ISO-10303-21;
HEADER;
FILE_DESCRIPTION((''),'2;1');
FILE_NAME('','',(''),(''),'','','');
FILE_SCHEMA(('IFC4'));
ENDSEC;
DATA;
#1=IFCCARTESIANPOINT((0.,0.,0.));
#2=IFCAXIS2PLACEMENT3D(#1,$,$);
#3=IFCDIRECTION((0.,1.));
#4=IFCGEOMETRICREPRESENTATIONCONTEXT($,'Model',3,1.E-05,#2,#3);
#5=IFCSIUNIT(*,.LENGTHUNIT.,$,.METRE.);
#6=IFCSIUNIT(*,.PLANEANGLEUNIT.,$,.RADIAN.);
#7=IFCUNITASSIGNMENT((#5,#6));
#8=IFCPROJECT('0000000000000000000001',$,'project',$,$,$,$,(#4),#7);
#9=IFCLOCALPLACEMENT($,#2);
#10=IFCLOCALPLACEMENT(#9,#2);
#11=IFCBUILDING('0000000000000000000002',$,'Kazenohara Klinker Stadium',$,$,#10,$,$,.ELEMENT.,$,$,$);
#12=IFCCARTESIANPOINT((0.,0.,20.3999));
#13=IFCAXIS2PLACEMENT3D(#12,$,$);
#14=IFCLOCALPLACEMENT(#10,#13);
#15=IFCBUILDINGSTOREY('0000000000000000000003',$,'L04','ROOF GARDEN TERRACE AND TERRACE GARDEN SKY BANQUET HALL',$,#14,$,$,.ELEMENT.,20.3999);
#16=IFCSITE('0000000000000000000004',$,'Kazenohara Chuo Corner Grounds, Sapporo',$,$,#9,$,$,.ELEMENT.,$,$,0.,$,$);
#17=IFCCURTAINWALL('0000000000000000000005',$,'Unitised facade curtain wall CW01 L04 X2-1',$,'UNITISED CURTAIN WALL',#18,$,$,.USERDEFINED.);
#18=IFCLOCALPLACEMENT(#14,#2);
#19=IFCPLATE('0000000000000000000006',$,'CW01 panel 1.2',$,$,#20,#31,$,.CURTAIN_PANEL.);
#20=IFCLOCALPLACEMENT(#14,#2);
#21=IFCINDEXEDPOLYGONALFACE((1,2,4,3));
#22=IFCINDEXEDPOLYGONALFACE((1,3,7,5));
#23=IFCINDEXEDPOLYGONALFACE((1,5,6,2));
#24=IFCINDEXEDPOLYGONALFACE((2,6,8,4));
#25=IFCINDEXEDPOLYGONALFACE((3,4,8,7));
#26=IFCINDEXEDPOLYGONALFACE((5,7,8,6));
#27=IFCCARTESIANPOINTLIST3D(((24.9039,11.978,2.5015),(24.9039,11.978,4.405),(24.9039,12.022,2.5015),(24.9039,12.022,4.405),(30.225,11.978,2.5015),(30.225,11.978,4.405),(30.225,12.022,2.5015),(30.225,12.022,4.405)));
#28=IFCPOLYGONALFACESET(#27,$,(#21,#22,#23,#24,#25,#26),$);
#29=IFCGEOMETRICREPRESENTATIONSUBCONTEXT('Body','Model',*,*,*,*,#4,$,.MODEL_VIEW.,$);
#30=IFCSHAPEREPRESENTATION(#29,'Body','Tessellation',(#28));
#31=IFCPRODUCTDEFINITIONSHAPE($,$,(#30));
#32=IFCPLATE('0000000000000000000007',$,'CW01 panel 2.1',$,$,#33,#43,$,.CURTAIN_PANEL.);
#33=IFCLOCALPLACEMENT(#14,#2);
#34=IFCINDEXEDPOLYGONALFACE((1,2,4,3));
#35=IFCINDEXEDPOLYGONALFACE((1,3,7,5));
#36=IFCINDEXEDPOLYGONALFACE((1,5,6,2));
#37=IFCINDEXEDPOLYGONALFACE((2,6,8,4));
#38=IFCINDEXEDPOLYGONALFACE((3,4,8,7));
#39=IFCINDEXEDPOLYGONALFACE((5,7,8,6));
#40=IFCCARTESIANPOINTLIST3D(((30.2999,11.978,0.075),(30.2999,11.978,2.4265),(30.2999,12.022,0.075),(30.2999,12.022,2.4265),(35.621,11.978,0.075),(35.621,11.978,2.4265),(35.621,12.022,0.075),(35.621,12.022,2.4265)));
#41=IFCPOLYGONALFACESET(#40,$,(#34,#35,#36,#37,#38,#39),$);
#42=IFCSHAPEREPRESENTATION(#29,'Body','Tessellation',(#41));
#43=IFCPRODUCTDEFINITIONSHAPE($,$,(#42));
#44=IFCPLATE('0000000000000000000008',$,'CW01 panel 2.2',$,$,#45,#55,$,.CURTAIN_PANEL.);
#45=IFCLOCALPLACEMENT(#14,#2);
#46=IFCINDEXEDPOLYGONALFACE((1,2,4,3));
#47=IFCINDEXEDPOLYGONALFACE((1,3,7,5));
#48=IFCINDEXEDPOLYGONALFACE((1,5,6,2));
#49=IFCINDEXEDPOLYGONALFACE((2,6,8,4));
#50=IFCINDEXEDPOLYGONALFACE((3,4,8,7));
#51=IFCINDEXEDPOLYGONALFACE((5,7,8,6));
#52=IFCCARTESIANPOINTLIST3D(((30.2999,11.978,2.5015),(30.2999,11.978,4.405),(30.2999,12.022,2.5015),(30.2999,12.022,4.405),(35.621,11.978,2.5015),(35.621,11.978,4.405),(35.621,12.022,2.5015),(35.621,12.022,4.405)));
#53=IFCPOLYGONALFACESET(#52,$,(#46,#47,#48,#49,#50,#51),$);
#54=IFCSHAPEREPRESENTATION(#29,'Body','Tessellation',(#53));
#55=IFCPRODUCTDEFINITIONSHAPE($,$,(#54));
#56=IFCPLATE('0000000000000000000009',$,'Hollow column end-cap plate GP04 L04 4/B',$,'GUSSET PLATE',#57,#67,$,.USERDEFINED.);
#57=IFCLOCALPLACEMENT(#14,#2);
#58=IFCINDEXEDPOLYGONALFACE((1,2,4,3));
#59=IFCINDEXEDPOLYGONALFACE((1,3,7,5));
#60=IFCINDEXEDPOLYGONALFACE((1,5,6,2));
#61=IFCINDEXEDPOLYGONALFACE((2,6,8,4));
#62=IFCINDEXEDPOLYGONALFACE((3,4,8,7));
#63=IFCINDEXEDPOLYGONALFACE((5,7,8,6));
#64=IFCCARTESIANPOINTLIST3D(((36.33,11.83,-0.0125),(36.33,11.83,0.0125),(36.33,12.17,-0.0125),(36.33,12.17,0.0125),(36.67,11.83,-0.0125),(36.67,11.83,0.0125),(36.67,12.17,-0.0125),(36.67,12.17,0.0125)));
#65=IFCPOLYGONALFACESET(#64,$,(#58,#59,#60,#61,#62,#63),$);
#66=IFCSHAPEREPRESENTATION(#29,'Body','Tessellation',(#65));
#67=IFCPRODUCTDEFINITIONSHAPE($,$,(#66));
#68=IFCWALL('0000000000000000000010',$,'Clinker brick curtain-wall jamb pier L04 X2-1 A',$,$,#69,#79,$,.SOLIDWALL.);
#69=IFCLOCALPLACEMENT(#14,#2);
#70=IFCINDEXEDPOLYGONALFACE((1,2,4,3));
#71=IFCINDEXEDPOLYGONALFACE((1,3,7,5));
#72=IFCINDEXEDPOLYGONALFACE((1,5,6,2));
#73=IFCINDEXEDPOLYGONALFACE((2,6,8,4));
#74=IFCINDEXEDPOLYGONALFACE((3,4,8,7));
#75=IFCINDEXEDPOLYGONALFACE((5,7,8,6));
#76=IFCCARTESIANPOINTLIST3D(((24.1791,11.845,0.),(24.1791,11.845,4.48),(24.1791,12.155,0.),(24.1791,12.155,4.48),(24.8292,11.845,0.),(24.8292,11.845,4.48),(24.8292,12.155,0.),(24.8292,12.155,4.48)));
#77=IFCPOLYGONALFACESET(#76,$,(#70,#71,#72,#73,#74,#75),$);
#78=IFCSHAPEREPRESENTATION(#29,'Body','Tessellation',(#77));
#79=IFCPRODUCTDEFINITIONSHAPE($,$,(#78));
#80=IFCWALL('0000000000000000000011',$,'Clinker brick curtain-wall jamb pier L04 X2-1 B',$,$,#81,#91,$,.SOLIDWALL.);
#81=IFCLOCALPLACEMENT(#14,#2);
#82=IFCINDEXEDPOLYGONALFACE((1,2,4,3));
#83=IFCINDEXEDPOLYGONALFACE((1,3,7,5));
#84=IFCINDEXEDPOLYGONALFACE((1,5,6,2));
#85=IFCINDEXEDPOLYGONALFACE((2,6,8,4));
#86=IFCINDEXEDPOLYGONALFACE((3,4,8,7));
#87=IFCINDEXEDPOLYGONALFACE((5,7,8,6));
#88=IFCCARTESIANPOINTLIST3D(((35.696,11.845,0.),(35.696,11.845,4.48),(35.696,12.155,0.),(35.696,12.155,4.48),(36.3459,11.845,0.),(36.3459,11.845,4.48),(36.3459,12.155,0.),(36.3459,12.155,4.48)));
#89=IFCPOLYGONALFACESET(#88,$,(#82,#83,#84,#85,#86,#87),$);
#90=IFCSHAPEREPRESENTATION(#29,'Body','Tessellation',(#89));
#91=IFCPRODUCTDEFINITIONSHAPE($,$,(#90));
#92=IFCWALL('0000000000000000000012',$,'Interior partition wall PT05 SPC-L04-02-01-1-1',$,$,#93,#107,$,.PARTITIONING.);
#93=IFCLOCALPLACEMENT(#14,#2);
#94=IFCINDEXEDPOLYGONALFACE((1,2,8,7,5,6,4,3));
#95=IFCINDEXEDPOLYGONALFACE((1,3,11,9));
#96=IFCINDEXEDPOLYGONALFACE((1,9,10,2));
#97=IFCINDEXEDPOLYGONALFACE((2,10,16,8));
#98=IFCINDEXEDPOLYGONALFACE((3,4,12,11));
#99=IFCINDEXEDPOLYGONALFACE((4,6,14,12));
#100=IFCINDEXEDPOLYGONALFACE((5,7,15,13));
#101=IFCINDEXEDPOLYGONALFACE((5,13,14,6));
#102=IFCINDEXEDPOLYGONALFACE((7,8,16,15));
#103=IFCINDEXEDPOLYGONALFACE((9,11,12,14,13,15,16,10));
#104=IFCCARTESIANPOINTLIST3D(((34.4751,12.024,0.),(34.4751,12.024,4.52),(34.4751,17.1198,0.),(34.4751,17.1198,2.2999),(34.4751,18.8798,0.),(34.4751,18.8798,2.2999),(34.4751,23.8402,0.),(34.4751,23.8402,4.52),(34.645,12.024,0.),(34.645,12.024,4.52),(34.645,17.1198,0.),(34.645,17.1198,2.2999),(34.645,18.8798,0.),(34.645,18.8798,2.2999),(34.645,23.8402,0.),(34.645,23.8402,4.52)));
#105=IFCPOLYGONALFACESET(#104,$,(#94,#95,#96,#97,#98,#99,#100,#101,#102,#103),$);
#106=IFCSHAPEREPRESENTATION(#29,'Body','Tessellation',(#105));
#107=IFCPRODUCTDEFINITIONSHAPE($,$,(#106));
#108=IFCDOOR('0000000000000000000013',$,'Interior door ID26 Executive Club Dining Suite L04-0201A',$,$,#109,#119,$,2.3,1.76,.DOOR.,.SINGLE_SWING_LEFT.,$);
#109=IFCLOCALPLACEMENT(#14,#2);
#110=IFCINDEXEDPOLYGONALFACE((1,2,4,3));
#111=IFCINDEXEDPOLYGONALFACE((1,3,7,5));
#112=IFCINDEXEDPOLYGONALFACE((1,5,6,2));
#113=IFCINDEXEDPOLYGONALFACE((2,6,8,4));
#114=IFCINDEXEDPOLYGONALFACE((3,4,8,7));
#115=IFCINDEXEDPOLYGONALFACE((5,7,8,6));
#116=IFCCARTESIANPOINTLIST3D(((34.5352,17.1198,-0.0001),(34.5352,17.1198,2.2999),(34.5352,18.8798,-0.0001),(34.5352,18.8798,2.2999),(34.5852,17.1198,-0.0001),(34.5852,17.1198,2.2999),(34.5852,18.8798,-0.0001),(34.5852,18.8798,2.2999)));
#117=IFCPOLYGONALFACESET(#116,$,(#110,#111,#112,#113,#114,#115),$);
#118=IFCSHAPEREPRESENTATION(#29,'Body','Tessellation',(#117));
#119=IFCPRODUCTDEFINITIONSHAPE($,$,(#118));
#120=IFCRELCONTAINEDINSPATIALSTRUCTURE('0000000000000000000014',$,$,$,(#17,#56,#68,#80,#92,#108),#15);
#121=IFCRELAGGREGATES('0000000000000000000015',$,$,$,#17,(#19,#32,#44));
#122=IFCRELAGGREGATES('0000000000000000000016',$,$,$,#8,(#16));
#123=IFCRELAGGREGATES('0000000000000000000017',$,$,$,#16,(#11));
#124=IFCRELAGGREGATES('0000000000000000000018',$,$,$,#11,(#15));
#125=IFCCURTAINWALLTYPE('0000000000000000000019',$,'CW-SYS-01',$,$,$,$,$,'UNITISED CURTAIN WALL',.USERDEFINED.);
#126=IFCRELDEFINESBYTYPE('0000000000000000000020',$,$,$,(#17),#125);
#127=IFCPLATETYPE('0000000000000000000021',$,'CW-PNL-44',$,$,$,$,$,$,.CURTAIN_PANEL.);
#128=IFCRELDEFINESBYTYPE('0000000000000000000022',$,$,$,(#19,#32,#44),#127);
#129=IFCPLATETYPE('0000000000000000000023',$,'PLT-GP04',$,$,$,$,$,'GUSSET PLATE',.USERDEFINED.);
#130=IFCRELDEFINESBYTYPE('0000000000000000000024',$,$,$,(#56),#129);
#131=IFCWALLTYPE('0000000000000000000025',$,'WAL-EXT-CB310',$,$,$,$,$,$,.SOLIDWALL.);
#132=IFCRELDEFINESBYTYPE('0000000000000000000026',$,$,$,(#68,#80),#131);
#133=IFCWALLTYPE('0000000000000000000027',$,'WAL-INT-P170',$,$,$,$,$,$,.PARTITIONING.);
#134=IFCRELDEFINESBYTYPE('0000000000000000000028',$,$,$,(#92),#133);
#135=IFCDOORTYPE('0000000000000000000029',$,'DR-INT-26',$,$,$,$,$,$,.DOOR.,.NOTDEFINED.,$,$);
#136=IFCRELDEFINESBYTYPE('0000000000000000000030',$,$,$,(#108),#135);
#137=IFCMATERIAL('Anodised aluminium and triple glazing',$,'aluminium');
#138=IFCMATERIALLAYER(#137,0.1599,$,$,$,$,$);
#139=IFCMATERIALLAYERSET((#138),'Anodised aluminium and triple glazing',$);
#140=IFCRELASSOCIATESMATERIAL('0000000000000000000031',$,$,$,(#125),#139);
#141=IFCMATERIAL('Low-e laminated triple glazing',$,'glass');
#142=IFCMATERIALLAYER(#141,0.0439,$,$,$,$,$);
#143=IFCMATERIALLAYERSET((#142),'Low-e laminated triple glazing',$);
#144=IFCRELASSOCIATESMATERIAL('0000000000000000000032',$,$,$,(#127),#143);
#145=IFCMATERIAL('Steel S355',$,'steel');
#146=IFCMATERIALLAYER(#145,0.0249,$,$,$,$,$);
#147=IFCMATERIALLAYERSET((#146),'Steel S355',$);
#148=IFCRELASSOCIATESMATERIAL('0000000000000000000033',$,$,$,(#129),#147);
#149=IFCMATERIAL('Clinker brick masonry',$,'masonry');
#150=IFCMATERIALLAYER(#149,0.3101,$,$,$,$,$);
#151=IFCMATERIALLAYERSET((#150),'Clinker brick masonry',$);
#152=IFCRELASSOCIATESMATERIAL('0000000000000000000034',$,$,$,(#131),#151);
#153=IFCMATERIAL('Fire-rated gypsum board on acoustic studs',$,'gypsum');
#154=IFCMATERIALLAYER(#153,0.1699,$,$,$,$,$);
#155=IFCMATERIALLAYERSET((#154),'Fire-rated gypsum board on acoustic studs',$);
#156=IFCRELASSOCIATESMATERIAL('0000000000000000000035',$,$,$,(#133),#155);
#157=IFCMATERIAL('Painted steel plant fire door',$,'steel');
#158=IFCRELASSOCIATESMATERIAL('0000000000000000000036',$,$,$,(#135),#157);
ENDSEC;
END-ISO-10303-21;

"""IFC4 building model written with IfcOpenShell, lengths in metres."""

from ifc_helpers import new_model, si_unit, direction, frame, frame_2d, origin, origin_2d, place, context, subcontext, project, spatial, rectangle, extrude, material, layer, layer_set, type_object, element, fill, aggregate, save


model = new_model("IFC4")

# Units and contexts
model_context = context("Model", 3, precision=1e-05, world=origin(), true_north=direction((0.0, 1.0)))
body_context = subcontext(model_context, "Body", "Model", "MODEL_VIEW")
ifc_project = project(units=[si_unit("LENGTHUNIT", "METRE"), si_unit("PLANEANGLEUNIT", "RADIAN")], contexts=[model_context])

# Site, building, storey
site_placement = place(None, origin())
site = spatial("IfcSite", under=ifc_project, at=site_placement, Name="Kazenohara Chuo Corner Grounds, Sapporo", CompositionType="ELEMENT", RefElevation=0.0)
building_placement = place(site_placement, origin())
building = spatial("IfcBuilding", under=site, at=building_placement, Name="Kazenohara Klinker Stadium", CompositionType="ELEMENT")
storey_placement = place(building_placement, frame((0.0, 0.0, 20.3999)))
storey = spatial("IfcBuildingStorey", under=building, at=storey_placement, Name="L04", Description="ROOF GARDEN TERRACE AND TERRACE GARDEN SKY BANQUET HALL", CompositionType="ELEMENT", Elevation=20.3999)

# Shared definitions
ifc_material_1 = material(Name="Steel S355", Category="steel")

# Curtain wall, plates
ifc_material_2 = material(Name="Anodised aluminium and triple glazing", Category="aluminium")
ifc_layer_1 = layer(ifc_material_2, 0.1599)
ifc_layer_set_1 = layer_set([ifc_layer_1], Name="Anodised aluminium and triple glazing")
curtain_wall_type = type_object("IfcCurtainWallType", Name="CW-SYS-01", ElementType="UNITISED CURTAIN WALL", PredefinedType="USERDEFINED", material=ifc_layer_set_1)
curtain_wall_placement = place(storey_placement, origin())
curtain_wall = element("IfcCurtainWall", 1, at=curtain_wall_placement, inside=storey, type_object=curtain_wall_type, Name="Unitised facade curtain wall CW01 L04 X2-1", ObjectType="UNITISED CURTAIN WALL", PredefinedType="USERDEFINED")
ifc_material_3 = material(Name="Low-e laminated triple glazing", Category="glass")
ifc_layer_2 = layer(ifc_material_3, 0.0439)
ifc_layer_set_2 = layer_set([ifc_layer_2], Name="Low-e laminated triple glazing")
plate_type_1 = type_object("IfcPlateType", Name="CW-PNL-44", PredefinedType="CURTAIN_PANEL", material=ifc_layer_set_2)
plate_1_placement = place(storey_placement, frame((27.5645, 12.0, 2.5015), z_axis=(0.0, 0.0, 1.0), x_axis=(1.0, 0.0, 0.0)))
plate_1 = element("IfcPlate", 2, at=plate_1_placement, type_object=plate_type_1, Name="CW01 panel 1.2", PredefinedType="CURTAIN_PANEL", context=body_context, shape_type="SweptSolid", body=[
    extrude(rectangle(XDim=5.321, YDim=0.0439, at=origin_2d()), origin(), (0.0, 0.0, 1.0), 1.9036),
])
plate_2_placement = place(storey_placement, frame((32.9604, 12.0, 0.075), z_axis=(0.0, 0.0, 1.0), x_axis=(1.0, 0.0, 0.0)))
plate_2 = element("IfcPlate", 3, at=plate_2_placement, type_object=plate_type_1, Name="CW01 panel 2.1", PredefinedType="CURTAIN_PANEL", context=body_context, shape_type="SweptSolid", body=[
    extrude(rectangle(XDim=5.321, YDim=0.0439, at=origin_2d()), origin(), (0.0, 0.0, 1.0), 2.3516),
])
plate_3_placement = place(storey_placement, frame((32.9604, 12.0, 2.5015), z_axis=(0.0, 0.0, 1.0), x_axis=(1.0, 0.0, 0.0)))
plate_3 = element("IfcPlate", 4, at=plate_3_placement, type_object=plate_type_1, Name="CW01 panel 2.2", PredefinedType="CURTAIN_PANEL", context=body_context, shape_type="SweptSolid", body=[
    extrude(rectangle(XDim=5.321, YDim=0.0439, at=origin_2d()), origin(), (0.0, 0.0, 1.0), 1.9036),
])
aggregate(curtain_wall, [plate_1, plate_2, plate_3])

# Plate
ifc_layer_3 = layer(ifc_material_1, 0.0249)
ifc_layer_set_3 = layer_set([ifc_layer_3], Name="Steel S355")
plate_type_2 = type_object("IfcPlateType", Name="PLT-GP04", ElementType="GUSSET PLATE", PredefinedType="USERDEFINED", material=ifc_layer_set_3)
plate_4_placement = place(storey_placement, frame((36.5, 12.0, -0.0125), z_axis=(0.0, 0.0, 1.0), x_axis=(1.0, 0.0, 0.0)))
element("IfcPlate", 5, at=plate_4_placement, inside=storey, type_object=plate_type_2, Name="Hollow column end-cap plate GP04 L04 4/B", ObjectType="GUSSET PLATE", PredefinedType="USERDEFINED", context=body_context, shape_type="SweptSolid", body=[
    extrude(rectangle(XDim=0.3401, YDim=0.3401, at=origin_2d()), origin(), (0.0, 0.0, 1.0), 0.0249),
])

# Walls
ifc_material_4 = material(Name="Clinker brick masonry", Category="masonry")
ifc_layer_4 = layer(ifc_material_4, 0.3101)
ifc_layer_set_4 = layer_set([ifc_layer_4], Name="Clinker brick masonry")
wall_type_1 = type_object("IfcWallType", Name="WAL-EXT-CB310", PredefinedType="SOLIDWALL", material=ifc_layer_set_4)
wall_1_placement = place(storey_placement, frame((24.179, 12.0, 0.0), z_axis=(0.0, 0.0, 1.0), x_axis=(1.0, 0.0, 0.0)))
element("IfcWall", 6, at=wall_1_placement, inside=storey, type_object=wall_type_1, Name="Clinker brick curtain-wall jamb pier L04 X2-1 A", PredefinedType="SOLIDWALL", context=body_context, shape_type="SweptSolid", body=[
    extrude(rectangle(XDim=0.6501, YDim=0.3101, at=frame_2d((0.3252, 0.0))), origin(), (0.0, 0.0, 1.0), 4.48),
])
wall_2_placement = place(storey_placement, frame((35.696, 12.0, 0.0), z_axis=(0.0, 0.0, 1.0), x_axis=(1.0, 0.0, 0.0)))
element("IfcWall", 7, at=wall_2_placement, inside=storey, type_object=wall_type_1, Name="Clinker brick curtain-wall jamb pier L04 X2-1 B", PredefinedType="SOLIDWALL", context=body_context, shape_type="SweptSolid", body=[
    extrude(rectangle(XDim=0.6499, YDim=0.3101, at=frame_2d((0.325, 0.0))), origin(), (0.0, 0.0, 1.0), 4.48),
])

# Wall, opening, door
ifc_material_5 = material(Name="Fire-rated gypsum board on acoustic studs", Category="gypsum")
ifc_layer_5 = layer(ifc_material_5, 0.1699)
ifc_layer_set_5 = layer_set([ifc_layer_5], Name="Fire-rated gypsum board on acoustic studs")
wall_type_2 = type_object("IfcWallType", Name="WAL-INT-P170", PredefinedType="PARTITIONING", material=ifc_layer_set_5)
wall_3_placement = place(storey_placement, frame((34.5601, 12.0239, 0.0), z_axis=(0.0, 0.0, 1.0), x_axis=(0.0, 1.0, 0.0)))
wall_3 = element("IfcWall", 8, at=wall_3_placement, inside=storey, type_object=wall_type_2, Name="Interior partition wall PT05 SPC-L04-02-01-1-1", PredefinedType="PARTITIONING", context=body_context, shape_type="SweptSolid", body=[
    extrude(rectangle(XDim=11.8162, YDim=0.1699, at=frame_2d((5.9082, 0.0))), origin(), (0.0, 0.0, 1.0), 4.52),
])
opening_placement = place(wall_3_placement, frame((5.0959, 0.0, 0.0)))
opening = element("IfcOpeningElement", 9, at=opening_placement, cuts=wall_3, PredefinedType="OPENING", context=body_context, shape_type="SweptSolid", body=[
    extrude(rectangle(XDim=1.76, YDim=2.3, at=frame_2d((0.8799, 1.1499))), frame((0.0, 0.095, 0.0), z_axis=(0.0, -1.0, 0.0), x_axis=(1.0, 0.0, 0.0)), (0.0, 0.0, 1.0), 0.1899),
])
ifc_material_6 = material(Name="Painted steel plant fire door", Category="steel")
door_type = type_object("IfcDoorType", Name="DR-INT-26", OperationType="NOTDEFINED", PredefinedType="DOOR", material=ifc_material_6)
door_placement = place(opening_placement, origin())
door = element("IfcDoor", 10, at=door_placement, inside=storey, type_object=door_type, Name="Interior door ID26 Executive Club Dining Suite L04-0201A", OperationType="SINGLE_SWING_LEFT", OverallHeight=2.3, OverallWidth=1.76, PredefinedType="DOOR", context=body_context, shape_type="SweptSolid", body=[
    extrude(rectangle(XDim=1.76, YDim=2.3, at=frame_2d((0.8799, 1.1499))), frame((0.0, 0.0249, 0.0), z_axis=(0.0, -1.0, 0.0), x_axis=(1.0, 0.0, 0.0)), (0.0, 0.0, 1.0), 0.05),
])
fill(opening, door)

save(model, "model.ifc")
